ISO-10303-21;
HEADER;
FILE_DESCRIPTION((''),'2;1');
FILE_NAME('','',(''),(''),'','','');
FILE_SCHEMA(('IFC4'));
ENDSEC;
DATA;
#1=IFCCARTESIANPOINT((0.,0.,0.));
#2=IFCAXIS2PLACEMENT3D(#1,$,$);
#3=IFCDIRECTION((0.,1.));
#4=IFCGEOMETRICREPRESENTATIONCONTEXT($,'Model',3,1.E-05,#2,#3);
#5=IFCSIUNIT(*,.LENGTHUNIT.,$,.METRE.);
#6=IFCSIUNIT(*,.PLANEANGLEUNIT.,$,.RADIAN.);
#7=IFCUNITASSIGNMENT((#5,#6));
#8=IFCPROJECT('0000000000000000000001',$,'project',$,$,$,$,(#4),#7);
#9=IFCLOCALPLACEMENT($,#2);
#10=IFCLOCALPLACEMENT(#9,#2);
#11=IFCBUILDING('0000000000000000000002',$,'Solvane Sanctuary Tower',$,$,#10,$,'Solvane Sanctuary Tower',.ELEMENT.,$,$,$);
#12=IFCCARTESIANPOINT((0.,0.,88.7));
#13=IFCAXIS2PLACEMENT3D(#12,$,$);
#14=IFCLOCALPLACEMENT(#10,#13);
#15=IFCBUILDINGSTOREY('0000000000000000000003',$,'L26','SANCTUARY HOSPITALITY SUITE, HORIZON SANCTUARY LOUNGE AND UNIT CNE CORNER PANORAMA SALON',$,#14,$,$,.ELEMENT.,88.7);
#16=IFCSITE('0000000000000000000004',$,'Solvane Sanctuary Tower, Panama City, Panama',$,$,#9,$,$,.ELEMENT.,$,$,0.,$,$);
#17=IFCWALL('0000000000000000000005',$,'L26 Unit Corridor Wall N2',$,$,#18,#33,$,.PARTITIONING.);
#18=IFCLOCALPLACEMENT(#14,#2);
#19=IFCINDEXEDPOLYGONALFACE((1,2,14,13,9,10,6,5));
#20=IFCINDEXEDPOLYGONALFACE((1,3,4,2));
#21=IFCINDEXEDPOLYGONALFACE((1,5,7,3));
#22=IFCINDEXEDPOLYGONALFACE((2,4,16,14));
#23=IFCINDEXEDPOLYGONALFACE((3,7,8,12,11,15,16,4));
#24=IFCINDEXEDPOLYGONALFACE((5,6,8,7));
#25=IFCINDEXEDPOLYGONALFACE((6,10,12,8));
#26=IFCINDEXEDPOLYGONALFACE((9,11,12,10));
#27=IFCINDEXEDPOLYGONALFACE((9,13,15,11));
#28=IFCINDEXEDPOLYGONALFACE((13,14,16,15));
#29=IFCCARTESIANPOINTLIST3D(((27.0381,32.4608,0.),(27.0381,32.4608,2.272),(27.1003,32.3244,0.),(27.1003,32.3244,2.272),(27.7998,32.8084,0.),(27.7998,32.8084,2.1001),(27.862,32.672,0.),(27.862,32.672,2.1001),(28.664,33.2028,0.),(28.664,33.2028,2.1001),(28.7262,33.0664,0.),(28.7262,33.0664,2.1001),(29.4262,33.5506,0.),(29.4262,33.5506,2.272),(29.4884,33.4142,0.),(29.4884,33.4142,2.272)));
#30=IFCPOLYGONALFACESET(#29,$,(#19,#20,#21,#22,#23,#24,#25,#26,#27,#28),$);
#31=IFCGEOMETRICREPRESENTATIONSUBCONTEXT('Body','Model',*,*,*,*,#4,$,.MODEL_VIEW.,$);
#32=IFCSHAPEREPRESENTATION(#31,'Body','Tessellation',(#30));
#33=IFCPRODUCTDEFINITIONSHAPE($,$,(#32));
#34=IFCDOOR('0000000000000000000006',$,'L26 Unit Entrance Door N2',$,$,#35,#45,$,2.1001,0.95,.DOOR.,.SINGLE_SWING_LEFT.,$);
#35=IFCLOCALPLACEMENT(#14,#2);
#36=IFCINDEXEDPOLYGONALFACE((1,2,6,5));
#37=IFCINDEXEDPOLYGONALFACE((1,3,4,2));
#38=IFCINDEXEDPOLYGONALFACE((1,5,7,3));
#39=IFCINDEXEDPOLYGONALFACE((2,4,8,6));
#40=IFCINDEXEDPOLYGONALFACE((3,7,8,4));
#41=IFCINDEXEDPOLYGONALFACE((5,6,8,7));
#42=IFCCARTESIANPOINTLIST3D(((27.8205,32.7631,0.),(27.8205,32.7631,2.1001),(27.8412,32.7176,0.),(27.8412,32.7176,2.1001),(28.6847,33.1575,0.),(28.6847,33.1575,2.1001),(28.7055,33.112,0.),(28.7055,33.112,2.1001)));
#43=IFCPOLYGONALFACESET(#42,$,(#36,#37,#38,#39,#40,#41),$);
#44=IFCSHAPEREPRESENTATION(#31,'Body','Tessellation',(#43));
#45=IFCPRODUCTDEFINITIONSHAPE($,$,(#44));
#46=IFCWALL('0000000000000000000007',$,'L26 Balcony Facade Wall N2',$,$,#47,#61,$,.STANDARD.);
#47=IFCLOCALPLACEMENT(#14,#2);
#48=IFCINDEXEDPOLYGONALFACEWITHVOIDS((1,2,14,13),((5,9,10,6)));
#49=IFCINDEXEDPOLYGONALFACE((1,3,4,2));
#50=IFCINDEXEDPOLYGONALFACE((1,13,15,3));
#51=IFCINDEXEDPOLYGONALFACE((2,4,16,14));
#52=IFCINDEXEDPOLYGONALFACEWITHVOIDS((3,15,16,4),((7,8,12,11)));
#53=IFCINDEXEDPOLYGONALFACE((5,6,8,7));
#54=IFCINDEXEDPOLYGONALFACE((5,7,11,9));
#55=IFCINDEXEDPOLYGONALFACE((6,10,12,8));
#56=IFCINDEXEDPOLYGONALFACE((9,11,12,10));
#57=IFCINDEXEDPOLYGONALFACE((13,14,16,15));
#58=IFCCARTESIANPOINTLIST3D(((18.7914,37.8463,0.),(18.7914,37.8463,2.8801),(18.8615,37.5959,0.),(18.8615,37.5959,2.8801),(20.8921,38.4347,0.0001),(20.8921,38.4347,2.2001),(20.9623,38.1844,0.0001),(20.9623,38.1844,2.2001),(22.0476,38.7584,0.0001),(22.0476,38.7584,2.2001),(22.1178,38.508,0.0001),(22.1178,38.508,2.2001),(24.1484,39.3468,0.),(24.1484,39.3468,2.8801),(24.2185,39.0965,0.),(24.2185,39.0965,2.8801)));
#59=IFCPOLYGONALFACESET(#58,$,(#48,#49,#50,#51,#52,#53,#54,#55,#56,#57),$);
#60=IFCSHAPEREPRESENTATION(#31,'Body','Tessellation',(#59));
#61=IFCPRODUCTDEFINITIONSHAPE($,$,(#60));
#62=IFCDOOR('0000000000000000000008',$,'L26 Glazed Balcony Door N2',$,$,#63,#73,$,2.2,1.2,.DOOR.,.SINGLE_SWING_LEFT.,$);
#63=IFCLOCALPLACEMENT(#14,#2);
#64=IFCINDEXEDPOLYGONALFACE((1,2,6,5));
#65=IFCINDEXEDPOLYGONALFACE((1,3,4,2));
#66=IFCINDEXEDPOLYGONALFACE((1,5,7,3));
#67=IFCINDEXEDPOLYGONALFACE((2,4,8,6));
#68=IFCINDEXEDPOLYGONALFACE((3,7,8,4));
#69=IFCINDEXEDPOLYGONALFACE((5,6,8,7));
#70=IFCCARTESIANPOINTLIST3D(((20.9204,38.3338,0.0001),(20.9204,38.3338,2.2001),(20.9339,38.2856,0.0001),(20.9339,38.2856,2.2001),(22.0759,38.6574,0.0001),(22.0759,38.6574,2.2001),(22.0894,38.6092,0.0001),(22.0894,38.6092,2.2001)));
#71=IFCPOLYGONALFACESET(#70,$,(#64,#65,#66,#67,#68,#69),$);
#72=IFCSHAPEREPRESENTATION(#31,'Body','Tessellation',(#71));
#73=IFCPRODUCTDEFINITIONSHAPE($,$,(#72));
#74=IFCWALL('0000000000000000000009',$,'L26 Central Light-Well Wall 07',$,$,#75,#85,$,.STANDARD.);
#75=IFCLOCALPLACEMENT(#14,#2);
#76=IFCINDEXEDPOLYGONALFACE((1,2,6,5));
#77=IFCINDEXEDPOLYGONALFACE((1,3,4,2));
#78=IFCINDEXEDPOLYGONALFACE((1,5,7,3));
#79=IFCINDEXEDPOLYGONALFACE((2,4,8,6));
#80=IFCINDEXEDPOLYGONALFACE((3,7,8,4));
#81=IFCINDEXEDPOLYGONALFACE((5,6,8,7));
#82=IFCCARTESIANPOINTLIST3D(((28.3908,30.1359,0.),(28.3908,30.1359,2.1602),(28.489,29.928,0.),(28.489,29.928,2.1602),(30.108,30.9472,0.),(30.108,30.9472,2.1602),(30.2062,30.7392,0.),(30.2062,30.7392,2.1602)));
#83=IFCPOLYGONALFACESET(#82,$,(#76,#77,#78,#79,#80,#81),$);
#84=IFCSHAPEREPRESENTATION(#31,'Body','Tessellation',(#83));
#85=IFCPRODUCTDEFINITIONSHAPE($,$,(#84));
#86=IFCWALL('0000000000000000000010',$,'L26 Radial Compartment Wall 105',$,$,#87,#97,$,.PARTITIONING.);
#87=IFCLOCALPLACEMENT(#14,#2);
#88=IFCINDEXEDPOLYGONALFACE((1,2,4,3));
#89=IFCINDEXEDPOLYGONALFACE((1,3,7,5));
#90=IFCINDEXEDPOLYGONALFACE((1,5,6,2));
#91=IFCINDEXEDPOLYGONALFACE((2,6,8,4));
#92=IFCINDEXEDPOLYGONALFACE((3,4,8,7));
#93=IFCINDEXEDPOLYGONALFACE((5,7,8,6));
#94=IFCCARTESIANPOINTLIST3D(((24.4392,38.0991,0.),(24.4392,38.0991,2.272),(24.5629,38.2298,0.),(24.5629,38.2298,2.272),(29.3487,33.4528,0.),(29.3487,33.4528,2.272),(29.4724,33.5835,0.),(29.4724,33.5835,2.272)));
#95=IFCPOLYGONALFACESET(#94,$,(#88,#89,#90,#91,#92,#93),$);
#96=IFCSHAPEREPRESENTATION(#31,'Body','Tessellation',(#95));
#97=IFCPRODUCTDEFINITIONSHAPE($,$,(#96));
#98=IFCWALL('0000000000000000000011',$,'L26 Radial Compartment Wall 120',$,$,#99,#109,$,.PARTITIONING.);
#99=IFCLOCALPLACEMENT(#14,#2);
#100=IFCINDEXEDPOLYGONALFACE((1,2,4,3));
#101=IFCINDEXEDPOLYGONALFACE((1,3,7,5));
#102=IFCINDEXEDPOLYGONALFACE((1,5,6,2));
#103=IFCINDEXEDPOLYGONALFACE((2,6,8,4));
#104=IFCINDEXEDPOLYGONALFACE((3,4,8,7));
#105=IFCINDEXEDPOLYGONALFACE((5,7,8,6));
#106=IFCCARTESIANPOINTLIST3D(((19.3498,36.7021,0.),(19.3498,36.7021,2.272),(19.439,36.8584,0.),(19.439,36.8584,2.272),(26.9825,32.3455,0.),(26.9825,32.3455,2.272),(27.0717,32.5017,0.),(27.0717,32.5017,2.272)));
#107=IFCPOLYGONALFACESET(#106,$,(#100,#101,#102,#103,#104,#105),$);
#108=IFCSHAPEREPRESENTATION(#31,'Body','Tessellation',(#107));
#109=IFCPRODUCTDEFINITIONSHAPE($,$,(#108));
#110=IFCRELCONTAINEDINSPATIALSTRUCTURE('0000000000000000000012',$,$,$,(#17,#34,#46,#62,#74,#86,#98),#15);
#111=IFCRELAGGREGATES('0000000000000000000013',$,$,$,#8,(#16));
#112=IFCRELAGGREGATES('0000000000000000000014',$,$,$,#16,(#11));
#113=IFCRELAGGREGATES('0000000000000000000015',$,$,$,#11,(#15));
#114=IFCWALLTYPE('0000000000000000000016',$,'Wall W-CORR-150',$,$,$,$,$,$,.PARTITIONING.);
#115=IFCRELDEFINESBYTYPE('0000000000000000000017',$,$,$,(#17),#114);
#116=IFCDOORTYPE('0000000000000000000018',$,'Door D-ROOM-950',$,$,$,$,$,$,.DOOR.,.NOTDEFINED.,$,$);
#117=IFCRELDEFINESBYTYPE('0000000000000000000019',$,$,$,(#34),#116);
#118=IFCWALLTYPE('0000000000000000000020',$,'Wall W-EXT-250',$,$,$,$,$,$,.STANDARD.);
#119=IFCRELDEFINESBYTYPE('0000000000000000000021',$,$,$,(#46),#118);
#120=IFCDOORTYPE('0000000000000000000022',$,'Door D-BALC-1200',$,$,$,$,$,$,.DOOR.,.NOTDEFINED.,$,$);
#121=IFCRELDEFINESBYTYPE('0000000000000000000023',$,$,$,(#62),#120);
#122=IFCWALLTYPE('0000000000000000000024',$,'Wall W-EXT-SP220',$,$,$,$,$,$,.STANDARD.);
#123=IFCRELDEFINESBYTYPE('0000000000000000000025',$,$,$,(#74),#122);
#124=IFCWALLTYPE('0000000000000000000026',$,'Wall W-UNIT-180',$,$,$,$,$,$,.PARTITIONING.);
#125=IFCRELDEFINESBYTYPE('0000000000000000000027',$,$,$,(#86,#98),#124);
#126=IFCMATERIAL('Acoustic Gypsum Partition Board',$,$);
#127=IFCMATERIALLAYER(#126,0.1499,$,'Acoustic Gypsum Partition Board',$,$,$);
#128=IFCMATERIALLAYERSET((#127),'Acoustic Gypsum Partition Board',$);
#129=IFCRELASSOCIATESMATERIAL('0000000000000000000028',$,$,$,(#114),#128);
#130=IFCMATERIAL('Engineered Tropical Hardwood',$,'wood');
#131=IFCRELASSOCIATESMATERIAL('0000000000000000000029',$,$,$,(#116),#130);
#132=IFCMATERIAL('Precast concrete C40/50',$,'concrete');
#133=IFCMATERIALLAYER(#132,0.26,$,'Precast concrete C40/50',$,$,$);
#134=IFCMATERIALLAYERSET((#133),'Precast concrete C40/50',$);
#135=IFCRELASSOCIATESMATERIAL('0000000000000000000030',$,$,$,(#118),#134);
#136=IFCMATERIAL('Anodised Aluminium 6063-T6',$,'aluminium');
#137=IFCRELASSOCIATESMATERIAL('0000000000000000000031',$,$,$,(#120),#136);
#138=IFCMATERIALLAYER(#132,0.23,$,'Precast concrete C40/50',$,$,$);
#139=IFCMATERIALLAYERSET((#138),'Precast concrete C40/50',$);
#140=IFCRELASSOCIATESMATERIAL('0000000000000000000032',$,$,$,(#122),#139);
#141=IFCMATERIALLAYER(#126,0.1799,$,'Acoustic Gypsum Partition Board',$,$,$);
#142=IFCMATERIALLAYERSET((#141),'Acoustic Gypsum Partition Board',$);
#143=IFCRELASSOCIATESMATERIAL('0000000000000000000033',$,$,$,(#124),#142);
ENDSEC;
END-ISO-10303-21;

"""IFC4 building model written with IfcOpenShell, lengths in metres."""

from ifc_helpers import new_model, si_unit, direction, frame, frame_2d, origin, place, context, subcontext, project, spatial, rectangle, extrude, material, layer, layer_set, type_object, element, fill, save


model = new_model("IFC4")

# Units and contexts
model_context = context("Model", 3, precision=1e-05, world=origin(), true_north=direction((0.0, 1.0)))
body_context = subcontext(model_context, "Body", "Model", "MODEL_VIEW")
ifc_project = project(units=[si_unit("LENGTHUNIT", "METRE"), si_unit("PLANEANGLEUNIT", "RADIAN")], contexts=[model_context])

# Site, building, storey
site_placement = place(None, origin())
site = spatial("IfcSite", under=ifc_project, at=site_placement, Name="Solvane Sanctuary Tower, Panama City, Panama", CompositionType="ELEMENT", RefElevation=0.0)
building_placement = place(site_placement, origin())
building = spatial("IfcBuilding", under=site, at=building_placement, Name="Solvane Sanctuary Tower", LongName="Solvane Sanctuary Tower", CompositionType="ELEMENT")
storey_placement = place(building_placement, frame((0.0, 0.0, 88.7)))
storey = spatial("IfcBuildingStorey", under=building, at=storey_placement, Name="L26", Description="SANCTUARY HOSPITALITY SUITE, HORIZON SANCTUARY LOUNGE AND UNIT CNE CORNER PANORAMA SALON", CompositionType="ELEMENT", Elevation=88.7)

# Shared definitions
ifc_material_1 = material(Name="Acoustic Gypsum Partition Board")
ifc_layer_1 = layer(ifc_material_1, 0.1499, Name="Acoustic Gypsum Partition Board")
ifc_layer_set_1 = layer_set([ifc_layer_1], Name="Acoustic Gypsum Partition Board")
wall_type_1 = type_object("IfcWallType", Name="Wall W-CORR-150", PredefinedType="PARTITIONING", material=ifc_layer_set_1)

# Walls, openings, doors
wall_1_placement = place(storey_placement, frame((29.4573, 33.4824, 0.0), z_axis=(0.0, 0.0, 1.0), x_axis=(-0.909748, -0.415162, 0.0)))
wall_1 = element("IfcWall", 1, at=wall_1_placement, inside=storey, type_object=wall_type_1, Name="L26 Unit Corridor Wall N2", PredefinedType="PARTITIONING", context=body_context, shape_type="SweptSolid", body=[
    extrude(rectangle(XDim=2.625, YDim=0.1499, at=frame_2d((1.3125, 0.0))), origin(), (0.0, 0.0, 1.0), 2.272),
])
opening_1_placement = place(wall_1_placement, frame((0.8376, 0.0, 0.0)))
opening_1 = element("IfcOpeningElement", 2, at=opening_1_placement, cuts=wall_1, PredefinedType="OPENING", context=body_context, shape_type="SweptSolid", body=[
    extrude(rectangle(XDim=0.95, YDim=2.1001, at=frame_2d((0.4751, 1.05))), frame((0.0, 0.085, 0.0), z_axis=(0.0, -1.0, 0.0), x_axis=(1.0, 0.0, 0.0)), (0.0, 0.0, 1.0), 0.1699),
])
ifc_material_2 = material(Name="Engineered Tropical Hardwood", Category="wood")
door_type_1 = type_object("IfcDoorType", Name="Door D-ROOM-950", OperationType="NOTDEFINED", PredefinedType="DOOR", material=ifc_material_2)
door_1_placement = place(opening_1_placement, origin())
door_1 = element("IfcDoor", 3, at=door_1_placement, inside=storey, type_object=door_type_1, Name="L26 Unit Entrance Door N2", OperationType="SINGLE_SWING_LEFT", OverallHeight=2.1001, OverallWidth=0.95, PredefinedType="DOOR", context=body_context, shape_type="SweptSolid", body=[
    extrude(rectangle(XDim=0.95, YDim=2.1001, at=frame_2d((0.4751, 1.05))), frame((0.0, 0.0249, 0.0), z_axis=(0.0, -1.0, 0.0), x_axis=(1.0, 0.0, 0.0)), (0.0, 0.0, 1.0), 0.05),
])
fill(opening_1, door_1)
ifc_material_3 = material(Name="Precast concrete C40/50", Category="concrete")
ifc_layer_2 = layer(ifc_material_3, 0.26, Name="Precast concrete C40/50")
ifc_layer_set_2 = layer_set([ifc_layer_2], Name="Precast concrete C40/50")
wall_type_2 = type_object("IfcWallType", Name="Wall W-EXT-250", PredefinedType="STANDARD", material=ifc_layer_set_2)
wall_2_placement = place(storey_placement, frame((24.1836, 39.2217, 0.0), z_axis=(0.0, 0.0, 1.0), x_axis=(-0.962938, -0.269721, 0.0)))
wall_2 = element("IfcWall", 4, at=wall_2_placement, inside=storey, type_object=wall_type_2, Name="L26 Balcony Facade Wall N2", PredefinedType="STANDARD", context=body_context, shape_type="SweptSolid", body=[
    extrude(rectangle(XDim=5.5632, YDim=0.26, at=frame_2d((2.7817, 0.0))), origin(), (0.0, 0.0, 1.0), 2.8801),
])
opening_2_placement = place(wall_2_placement, frame((2.1816, 0.0, 0.0)))
opening_2 = element("IfcOpeningElement", 5, at=opening_2_placement, cuts=wall_2, PredefinedType="OPENING", context=body_context, shape_type="SweptSolid", body=[
    extrude(rectangle(XDim=1.2, YDim=2.2, at=frame_2d((0.6001, 1.1001))), frame((0.0, 0.1399, 0.0), z_axis=(0.0, -1.0, 0.0), x_axis=(1.0, 0.0, 0.0)), (0.0, 0.0, 1.0), 0.28),
])
ifc_material_4 = material(Name="Anodised Aluminium 6063-T6", Category="aluminium")
door_type_2 = type_object("IfcDoorType", Name="Door D-BALC-1200", OperationType="NOTDEFINED", PredefinedType="DOOR", material=ifc_material_4)
door_2_placement = place(opening_2_placement, origin())
door_2 = element("IfcDoor", 6, at=door_2_placement, inside=storey, type_object=door_type_2, Name="L26 Glazed Balcony Door N2", OperationType="SINGLE_SWING_LEFT", OverallHeight=2.2, OverallWidth=1.2, PredefinedType="DOOR", context=body_context, shape_type="SweptSolid", body=[
    extrude(rectangle(XDim=1.2, YDim=2.2, at=frame_2d((0.6001, 1.1001))), frame((0.0, 0.0249, 0.0), z_axis=(0.0, -1.0, 0.0), x_axis=(1.0, 0.0, 0.0)), (0.0, 0.0, 1.0), 0.05),
])
fill(opening_2, door_2)

# Walls
ifc_layer_3 = layer(ifc_material_3, 0.23, Name="Precast concrete C40/50")
ifc_layer_set_3 = layer_set([ifc_layer_3], Name="Precast concrete C40/50")
wall_type_3 = type_object("IfcWallType", Name="Wall W-EXT-SP220", PredefinedType="STANDARD", material=ifc_layer_set_3)
wall_3_placement = place(storey_placement, frame((30.1572, 30.8433, 0.0), z_axis=(0.0, 0.0, 1.0), x_axis=(-0.90418, -0.427152, 0.0)))
element("IfcWall", 7, at=wall_3_placement, inside=storey, type_object=wall_type_3, Name="L26 Central Light-Well Wall 07", PredefinedType="STANDARD", context=body_context, shape_type="SweptSolid", body=[
    extrude(rectangle(XDim=1.8992, YDim=0.23, at=frame_2d((0.9497, 0.0))), origin(), (0.0, 0.0, 1.0), 2.1602),
])
ifc_layer_4 = layer(ifc_material_1, 0.1799, Name="Acoustic Gypsum Partition Board")
ifc_layer_set_4 = layer_set([ifc_layer_4], Name="Acoustic Gypsum Partition Board")
wall_type_4 = type_object("IfcWallType", Name="Wall W-UNIT-180", PredefinedType="PARTITIONING", material=ifc_layer_set_4)
wall_4_placement = place(storey_placement, frame((29.4106, 33.5181, 0.0), z_axis=(0.0, 0.0, 1.0), x_axis=(-0.726307, 0.687371, 0.0)))
element("IfcWall", 8, at=wall_4_placement, inside=storey, type_object=wall_type_4, Name="L26 Radial Compartment Wall 105", PredefinedType="PARTITIONING", context=body_context, shape_type="SweptSolid", body=[
    extrude(rectangle(XDim=6.7595, YDim=0.1799, at=frame_2d((3.3799, 0.0))), origin(), (0.0, 0.0, 1.0), 2.272),
])
wall_5_placement = place(storey_placement, frame((27.0271, 32.4236, 0.0), z_axis=(0.0, 0.0, 1.0), x_axis=(-0.868484, 0.495717, 0.0)))
element("IfcWall", 9, at=wall_5_placement, inside=storey, type_object=wall_type_4, Name="L26 Radial Compartment Wall 120", PredefinedType="PARTITIONING", context=body_context, shape_type="SweptSolid", body=[
    extrude(rectangle(XDim=8.7886, YDim=0.1799, at=frame_2d((4.3943, 0.0))), origin(), (0.0, 0.0, 1.0), 2.272),
])

save(model, "model.ifc")
